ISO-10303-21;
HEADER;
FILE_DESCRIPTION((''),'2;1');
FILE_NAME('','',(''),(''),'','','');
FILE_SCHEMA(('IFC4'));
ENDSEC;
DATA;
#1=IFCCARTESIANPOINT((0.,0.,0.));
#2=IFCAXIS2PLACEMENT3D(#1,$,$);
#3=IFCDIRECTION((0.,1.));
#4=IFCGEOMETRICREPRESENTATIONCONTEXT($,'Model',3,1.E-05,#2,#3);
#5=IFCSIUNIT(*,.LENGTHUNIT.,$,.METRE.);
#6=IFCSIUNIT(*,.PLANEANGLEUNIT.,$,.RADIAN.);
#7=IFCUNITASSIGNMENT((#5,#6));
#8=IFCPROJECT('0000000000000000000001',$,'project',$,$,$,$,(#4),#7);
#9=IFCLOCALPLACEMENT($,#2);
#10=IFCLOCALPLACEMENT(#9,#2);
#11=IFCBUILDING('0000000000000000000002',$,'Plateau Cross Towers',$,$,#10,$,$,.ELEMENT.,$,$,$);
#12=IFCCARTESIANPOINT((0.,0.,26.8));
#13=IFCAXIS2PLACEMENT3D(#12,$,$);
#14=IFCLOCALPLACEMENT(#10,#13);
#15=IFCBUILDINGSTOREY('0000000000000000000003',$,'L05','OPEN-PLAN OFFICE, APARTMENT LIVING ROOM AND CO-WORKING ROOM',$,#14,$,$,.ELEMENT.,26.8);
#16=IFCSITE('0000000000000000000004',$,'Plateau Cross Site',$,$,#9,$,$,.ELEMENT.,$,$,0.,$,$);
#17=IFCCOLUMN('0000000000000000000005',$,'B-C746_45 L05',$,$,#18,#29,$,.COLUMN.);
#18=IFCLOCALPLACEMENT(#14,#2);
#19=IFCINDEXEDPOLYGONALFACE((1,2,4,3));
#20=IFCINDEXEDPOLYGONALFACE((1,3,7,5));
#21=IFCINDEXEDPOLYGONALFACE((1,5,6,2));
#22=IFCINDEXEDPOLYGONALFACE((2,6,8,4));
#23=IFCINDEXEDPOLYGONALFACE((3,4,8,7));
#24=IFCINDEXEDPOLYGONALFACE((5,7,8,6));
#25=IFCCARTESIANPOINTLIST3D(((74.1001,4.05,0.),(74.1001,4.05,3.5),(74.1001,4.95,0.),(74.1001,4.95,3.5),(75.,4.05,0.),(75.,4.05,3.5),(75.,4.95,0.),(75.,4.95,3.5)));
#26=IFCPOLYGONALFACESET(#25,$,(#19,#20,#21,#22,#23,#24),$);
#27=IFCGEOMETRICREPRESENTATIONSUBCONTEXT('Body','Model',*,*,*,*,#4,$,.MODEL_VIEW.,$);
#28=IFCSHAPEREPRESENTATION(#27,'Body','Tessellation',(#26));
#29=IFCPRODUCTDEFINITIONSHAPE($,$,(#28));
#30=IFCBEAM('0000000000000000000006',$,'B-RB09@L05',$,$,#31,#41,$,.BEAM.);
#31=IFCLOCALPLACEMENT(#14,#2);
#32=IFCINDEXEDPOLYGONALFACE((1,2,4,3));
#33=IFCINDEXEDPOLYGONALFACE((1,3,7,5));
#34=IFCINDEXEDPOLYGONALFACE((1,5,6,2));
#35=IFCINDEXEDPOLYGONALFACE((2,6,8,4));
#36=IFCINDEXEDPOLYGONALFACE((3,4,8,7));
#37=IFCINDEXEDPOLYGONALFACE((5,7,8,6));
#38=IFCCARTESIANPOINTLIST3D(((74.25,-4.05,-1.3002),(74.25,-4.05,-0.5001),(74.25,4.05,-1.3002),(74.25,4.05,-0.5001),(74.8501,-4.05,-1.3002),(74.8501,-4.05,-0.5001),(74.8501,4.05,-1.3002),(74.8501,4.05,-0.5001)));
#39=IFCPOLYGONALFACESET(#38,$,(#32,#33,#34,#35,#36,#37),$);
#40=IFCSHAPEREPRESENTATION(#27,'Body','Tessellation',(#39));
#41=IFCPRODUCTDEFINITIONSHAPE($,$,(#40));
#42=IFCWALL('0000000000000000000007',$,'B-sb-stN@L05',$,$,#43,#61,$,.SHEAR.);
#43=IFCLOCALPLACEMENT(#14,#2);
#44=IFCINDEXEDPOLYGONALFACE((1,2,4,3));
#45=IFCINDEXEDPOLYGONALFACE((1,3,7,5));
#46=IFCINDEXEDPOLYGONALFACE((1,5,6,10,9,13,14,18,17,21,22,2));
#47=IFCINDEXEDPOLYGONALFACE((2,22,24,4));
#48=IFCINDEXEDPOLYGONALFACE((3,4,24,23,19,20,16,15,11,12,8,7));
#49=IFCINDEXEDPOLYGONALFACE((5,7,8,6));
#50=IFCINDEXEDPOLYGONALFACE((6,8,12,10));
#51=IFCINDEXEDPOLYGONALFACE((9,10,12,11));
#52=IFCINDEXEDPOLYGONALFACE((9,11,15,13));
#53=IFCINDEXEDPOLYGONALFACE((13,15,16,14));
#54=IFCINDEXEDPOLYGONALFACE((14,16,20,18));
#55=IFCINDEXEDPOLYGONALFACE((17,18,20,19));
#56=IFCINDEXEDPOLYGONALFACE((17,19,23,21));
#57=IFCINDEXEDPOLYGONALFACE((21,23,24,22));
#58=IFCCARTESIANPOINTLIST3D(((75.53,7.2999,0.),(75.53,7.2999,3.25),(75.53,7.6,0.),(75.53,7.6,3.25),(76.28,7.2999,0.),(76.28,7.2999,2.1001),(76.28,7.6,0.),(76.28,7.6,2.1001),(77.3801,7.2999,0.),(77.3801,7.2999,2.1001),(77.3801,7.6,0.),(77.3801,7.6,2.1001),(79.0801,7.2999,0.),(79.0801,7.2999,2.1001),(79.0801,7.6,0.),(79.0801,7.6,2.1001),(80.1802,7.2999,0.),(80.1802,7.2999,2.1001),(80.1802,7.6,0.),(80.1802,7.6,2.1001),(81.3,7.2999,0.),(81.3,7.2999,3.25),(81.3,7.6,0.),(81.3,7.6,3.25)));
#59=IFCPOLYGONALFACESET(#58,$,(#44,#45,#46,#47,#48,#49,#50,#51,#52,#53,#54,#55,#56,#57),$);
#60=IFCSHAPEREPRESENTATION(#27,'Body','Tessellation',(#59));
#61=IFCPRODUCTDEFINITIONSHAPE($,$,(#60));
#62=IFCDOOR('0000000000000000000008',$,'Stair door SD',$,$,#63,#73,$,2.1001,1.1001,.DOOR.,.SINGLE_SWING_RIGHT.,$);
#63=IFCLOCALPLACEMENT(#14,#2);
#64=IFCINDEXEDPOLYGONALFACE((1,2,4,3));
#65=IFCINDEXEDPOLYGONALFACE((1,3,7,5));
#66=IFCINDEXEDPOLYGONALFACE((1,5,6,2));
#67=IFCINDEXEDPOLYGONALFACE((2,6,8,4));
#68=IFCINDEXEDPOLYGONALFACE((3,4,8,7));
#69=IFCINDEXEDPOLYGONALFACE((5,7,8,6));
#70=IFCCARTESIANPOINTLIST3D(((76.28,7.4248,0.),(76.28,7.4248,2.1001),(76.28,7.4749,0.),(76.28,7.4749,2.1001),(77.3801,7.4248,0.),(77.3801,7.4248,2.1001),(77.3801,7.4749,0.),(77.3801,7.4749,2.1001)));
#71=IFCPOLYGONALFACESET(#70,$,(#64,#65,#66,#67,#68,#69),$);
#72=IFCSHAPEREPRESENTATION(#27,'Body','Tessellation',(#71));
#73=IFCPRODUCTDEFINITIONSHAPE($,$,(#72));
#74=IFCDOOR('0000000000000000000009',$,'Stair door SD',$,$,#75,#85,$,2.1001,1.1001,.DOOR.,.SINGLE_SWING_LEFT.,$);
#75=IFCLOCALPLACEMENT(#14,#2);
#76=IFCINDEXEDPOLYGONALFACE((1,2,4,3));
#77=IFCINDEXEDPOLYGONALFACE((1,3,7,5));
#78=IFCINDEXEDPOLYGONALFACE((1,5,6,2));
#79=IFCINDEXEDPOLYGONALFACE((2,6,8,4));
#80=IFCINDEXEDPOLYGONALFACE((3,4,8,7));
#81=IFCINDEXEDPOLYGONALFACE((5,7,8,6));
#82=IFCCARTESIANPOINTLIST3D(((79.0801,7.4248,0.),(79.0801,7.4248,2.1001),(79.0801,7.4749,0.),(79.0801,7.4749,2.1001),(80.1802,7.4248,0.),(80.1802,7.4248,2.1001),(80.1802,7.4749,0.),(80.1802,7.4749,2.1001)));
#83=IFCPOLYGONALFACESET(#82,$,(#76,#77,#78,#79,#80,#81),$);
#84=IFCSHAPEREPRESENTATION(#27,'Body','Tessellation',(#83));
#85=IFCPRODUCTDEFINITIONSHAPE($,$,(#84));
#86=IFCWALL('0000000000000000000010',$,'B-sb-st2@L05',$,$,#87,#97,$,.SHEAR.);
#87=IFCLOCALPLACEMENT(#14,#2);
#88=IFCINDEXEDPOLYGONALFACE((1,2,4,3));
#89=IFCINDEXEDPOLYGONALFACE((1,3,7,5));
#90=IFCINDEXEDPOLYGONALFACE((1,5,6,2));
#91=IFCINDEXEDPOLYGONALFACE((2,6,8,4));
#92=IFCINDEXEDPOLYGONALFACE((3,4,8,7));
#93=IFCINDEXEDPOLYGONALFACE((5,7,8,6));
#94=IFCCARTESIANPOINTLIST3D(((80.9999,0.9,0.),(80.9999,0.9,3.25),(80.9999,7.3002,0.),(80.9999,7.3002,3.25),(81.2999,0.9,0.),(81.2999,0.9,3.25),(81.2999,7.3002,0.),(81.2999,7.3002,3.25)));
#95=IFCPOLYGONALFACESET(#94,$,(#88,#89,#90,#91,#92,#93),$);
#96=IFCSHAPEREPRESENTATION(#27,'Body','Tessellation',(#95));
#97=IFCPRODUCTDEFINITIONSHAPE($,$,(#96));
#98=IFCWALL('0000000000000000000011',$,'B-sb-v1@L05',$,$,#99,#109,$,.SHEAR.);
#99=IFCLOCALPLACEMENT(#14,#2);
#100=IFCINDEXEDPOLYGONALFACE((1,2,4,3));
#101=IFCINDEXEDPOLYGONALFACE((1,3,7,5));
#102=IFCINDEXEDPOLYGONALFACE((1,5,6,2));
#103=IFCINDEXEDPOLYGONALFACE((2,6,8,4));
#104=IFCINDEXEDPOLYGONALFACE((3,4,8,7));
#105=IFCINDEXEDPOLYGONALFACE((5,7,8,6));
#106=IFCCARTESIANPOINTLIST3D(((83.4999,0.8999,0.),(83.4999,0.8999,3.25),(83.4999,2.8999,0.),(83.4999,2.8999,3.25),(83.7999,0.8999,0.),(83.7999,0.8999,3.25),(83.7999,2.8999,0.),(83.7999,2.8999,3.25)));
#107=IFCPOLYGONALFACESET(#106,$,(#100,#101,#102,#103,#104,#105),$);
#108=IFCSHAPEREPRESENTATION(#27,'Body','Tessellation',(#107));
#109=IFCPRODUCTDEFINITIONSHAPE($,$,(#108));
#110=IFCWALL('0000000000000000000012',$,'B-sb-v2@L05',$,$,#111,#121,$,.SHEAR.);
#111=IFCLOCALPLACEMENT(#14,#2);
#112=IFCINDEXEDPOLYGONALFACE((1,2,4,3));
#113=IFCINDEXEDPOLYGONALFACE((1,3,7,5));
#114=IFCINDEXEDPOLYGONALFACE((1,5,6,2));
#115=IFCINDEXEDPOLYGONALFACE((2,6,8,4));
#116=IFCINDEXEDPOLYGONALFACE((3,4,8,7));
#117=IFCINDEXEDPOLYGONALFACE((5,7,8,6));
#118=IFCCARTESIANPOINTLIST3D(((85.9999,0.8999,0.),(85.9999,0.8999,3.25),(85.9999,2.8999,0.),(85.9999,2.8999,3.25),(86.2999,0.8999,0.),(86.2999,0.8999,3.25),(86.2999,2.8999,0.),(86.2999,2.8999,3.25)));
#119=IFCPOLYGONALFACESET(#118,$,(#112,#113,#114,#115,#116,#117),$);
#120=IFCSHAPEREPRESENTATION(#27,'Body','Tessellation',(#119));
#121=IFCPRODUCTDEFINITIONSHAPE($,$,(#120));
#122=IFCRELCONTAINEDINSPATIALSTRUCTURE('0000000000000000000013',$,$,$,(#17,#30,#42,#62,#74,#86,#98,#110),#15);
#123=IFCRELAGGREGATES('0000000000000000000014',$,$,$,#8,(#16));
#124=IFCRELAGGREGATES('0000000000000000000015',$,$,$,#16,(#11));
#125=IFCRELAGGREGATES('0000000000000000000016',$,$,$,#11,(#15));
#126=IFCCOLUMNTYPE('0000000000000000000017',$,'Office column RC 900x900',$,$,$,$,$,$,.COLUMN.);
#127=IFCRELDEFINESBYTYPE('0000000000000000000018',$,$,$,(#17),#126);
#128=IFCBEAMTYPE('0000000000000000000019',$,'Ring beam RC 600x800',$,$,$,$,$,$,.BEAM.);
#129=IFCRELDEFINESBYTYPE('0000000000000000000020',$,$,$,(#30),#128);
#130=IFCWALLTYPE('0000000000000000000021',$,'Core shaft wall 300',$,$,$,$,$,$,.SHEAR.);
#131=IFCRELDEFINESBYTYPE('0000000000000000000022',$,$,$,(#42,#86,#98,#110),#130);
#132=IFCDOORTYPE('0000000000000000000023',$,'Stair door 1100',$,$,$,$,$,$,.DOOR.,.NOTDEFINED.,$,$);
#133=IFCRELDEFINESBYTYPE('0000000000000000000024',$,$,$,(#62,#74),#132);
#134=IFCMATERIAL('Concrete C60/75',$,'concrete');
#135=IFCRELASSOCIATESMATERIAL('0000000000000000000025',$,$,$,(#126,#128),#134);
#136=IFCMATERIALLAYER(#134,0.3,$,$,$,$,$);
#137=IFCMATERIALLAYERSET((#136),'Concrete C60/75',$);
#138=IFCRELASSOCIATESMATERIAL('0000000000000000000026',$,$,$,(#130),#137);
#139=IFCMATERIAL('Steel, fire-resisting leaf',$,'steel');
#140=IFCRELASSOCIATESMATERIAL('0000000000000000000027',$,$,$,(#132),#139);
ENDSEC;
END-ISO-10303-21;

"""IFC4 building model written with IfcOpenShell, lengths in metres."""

from ifc_helpers import new_model, si_unit, direction, frame, frame_2d, origin, origin_2d, place, context, subcontext, project, spatial, rectangle, extrude, material, layer, layer_set, material_profile, profile_set, type_object, element, fill, save


model = new_model("IFC4")

# Units and contexts
model_context = context("Model", 3, precision=1e-05, world=origin(), true_north=direction((0.0, 1.0)))
body_context = subcontext(model_context, "Body", "Model", "MODEL_VIEW")
ifc_project = project(units=[si_unit("LENGTHUNIT", "METRE"), si_unit("PLANEANGLEUNIT", "RADIAN")], contexts=[model_context])

# Site, building, storey
site_placement = place(None, origin())
site = spatial("IfcSite", under=ifc_project, at=site_placement, Name="Plateau Cross Site", CompositionType="ELEMENT", RefElevation=0.0)
building_placement = place(site_placement, origin())
building = spatial("IfcBuilding", under=site, at=building_placement, Name="Plateau Cross Towers", CompositionType="ELEMENT")
storey_placement = place(building_placement, frame((0.0, 0.0, 26.8)))
storey = spatial("IfcBuildingStorey", under=building, at=storey_placement, Name="L05", Description="OPEN-PLAN OFFICE, APARTMENT LIVING ROOM AND CO-WORKING ROOM", CompositionType="ELEMENT", Elevation=26.8)

# Column
ifc_material_1 = material(Name="Concrete C60/75", Category="concrete")
ifc_material_profile_1 = material_profile(ifc_material_1, rectangle(XDim=0.8999, YDim=0.8999, at=origin_2d()), Name="RC 900x900")
ifc_profile_set_1 = profile_set([ifc_material_profile_1], Name="Concrete C60/75")
column_type = type_object("IfcColumnType", Name="Office column RC 900x900", PredefinedType="COLUMN", material=ifc_profile_set_1)
column_placement = place(storey_placement, frame((74.55, 4.5, 0.0), z_axis=(0.0, 0.0, 1.0), x_axis=(1.0, 0.0, 0.0)))
element("IfcColumn", 1, at=column_placement, inside=storey, type_object=column_type, Name="B-C746_45 L05", PredefinedType="COLUMN", context=body_context, shape_type="SweptSolid", body=[
    extrude(rectangle(XDim=0.8999, YDim=0.8999, at=origin_2d()), origin(), (0.0, 0.0, 1.0), 3.5),
])

# Beam
ifc_material_profile_2 = material_profile(ifc_material_1, rectangle(XDim=0.6001, YDim=0.8, at=origin_2d()), Name="RC 600x800")
ifc_profile_set_2 = profile_set([ifc_material_profile_2], Name="Concrete C60/75")
beam_type = type_object("IfcBeamType", Name="Ring beam RC 600x800", PredefinedType="BEAM", material=ifc_profile_set_2)
beam_placement = place(storey_placement, frame((74.55, 4.05, -0.9001), z_axis=(0.0, -1.0, 0.0), x_axis=(1.0, 0.0, 0.0)))
element("IfcBeam", 2, at=beam_placement, inside=storey, type_object=beam_type, Name="B-RB09@L05", PredefinedType="BEAM", context=body_context, shape_type="SweptSolid", body=[
    extrude(rectangle(XDim=0.6001, YDim=0.8, at=origin_2d()), origin(), (0.0, 0.0, 1.0), 8.1001),
])

# Wall, openings, doors
ifc_layer_1 = layer(ifc_material_1, 0.3)
ifc_layer_set_1 = layer_set([ifc_layer_1], Name="Concrete C60/75")
wall_type_1 = type_object("IfcWallType", Name="Core shaft wall 300", PredefinedType="SHEAR", material=ifc_layer_set_1)
wall_1_placement = place(storey_placement, frame((75.53, 7.45, 0.0), z_axis=(0.0, 0.0, 1.0), x_axis=(1.0, 0.0, 0.0)))
wall_1 = element("IfcWall", 3, at=wall_1_placement, inside=storey, type_object=wall_type_1, Name="B-sb-stN@L05", PredefinedType="SHEAR", context=body_context, shape_type="SweptSolid", body=[
    extrude(rectangle(XDim=5.77, YDim=0.3, at=frame_2d((2.885, 0.0))), origin(), (0.0, 0.0, 1.0), 3.25),
])
opening_1_placement = place(wall_1_placement, frame((0.75, 0.0, 0.0)))
opening_1 = element("IfcOpeningElement", 4, at=opening_1_placement, cuts=wall_1, PredefinedType="OPENING", context=body_context, shape_type="SweptSolid", body=[
    extrude(rectangle(XDim=1.1001, YDim=2.1001, at=frame_2d((0.55, 1.05))), frame((0.0, 0.1599, 0.0), z_axis=(0.0, -1.0, 0.0), x_axis=(1.0, 0.0, 0.0)), (0.0, 0.0, 1.0), 0.3201),
])
opening_2_placement = place(wall_1_placement, frame((3.55, 0.0, 0.0)))
opening_2 = element("IfcOpeningElement", 5, at=opening_2_placement, cuts=wall_1, PredefinedType="OPENING", context=body_context, shape_type="SweptSolid", body=[
    extrude(rectangle(XDim=1.1001, YDim=2.1001, at=frame_2d((0.55, 1.05))), frame((0.0, 0.1599, 0.0), z_axis=(0.0, -1.0, 0.0), x_axis=(1.0, 0.0, 0.0)), (0.0, 0.0, 1.0), 0.3201),
])
ifc_material_2 = material(Name="Steel, fire-resisting leaf", Category="steel")
door_type_1 = type_object("IfcDoorType", Name="Stair door 1100", OperationType="NOTDEFINED", PredefinedType="DOOR", material=ifc_material_2)
door_1_placement = place(opening_1_placement, origin())
door_1 = element("IfcDoor", 6, at=door_1_placement, inside=storey, type_object=door_type_1, Name="Stair door SD", OperationType="SINGLE_SWING_RIGHT", OverallHeight=2.1001, OverallWidth=1.1001, PredefinedType="DOOR", context=body_context, shape_type="SweptSolid", body=[
    extrude(rectangle(XDim=1.1001, YDim=2.1001, at=frame_2d((0.55, 1.05))), frame((0.0, 0.0249, 0.0), z_axis=(0.0, -1.0, 0.0), x_axis=(1.0, 0.0, 0.0)), (0.0, 0.0, 1.0), 0.05),
])
fill(opening_1, door_1)
door_2_placement = place(opening_2_placement, origin())
door_2 = element("IfcDoor", 7, at=door_2_placement, inside=storey, type_object=door_type_1, Name="Stair door SD", OperationType="SINGLE_SWING_LEFT", OverallHeight=2.1001, OverallWidth=1.1001, PredefinedType="DOOR", context=body_context, shape_type="SweptSolid", body=[
    extrude(rectangle(XDim=1.1001, YDim=2.1001, at=frame_2d((0.55, 1.05))), frame((0.0, 0.0249, 0.0), z_axis=(0.0, -1.0, 0.0), x_axis=(1.0, 0.0, 0.0)), (0.0, 0.0, 1.0), 0.05),
])
fill(opening_2, door_2)

# Walls
wall_2_placement = place(storey_placement, frame((81.1499, 0.8999, 0.0), z_axis=(0.0, 0.0, 1.0), x_axis=(0.0, 1.0, 0.0)))
element("IfcWall", 8, at=wall_2_placement, inside=storey, type_object=wall_type_1, Name="B-sb-st2@L05", PredefinedType="SHEAR", context=body_context, shape_type="SweptSolid", body=[
    extrude(rectangle(XDim=6.4001, YDim=0.3, at=frame_2d((3.2002, 0.0))), origin(), (0.0, 0.0, 1.0), 3.25),
])
for number, where, z_axis, x_axis, name in (
    (9, (83.6499, 0.8999, 0.0), (0.0, 0.0, 1.0), (0.0, 1.0, 0.0), "B-sb-v1@L05"),
    (10, (86.1499, 0.8999, 0.0), (0.0, 0.0, 1.0), (0.0, 1.0, 0.0), "B-sb-v2@L05"),
):
    element("IfcWall", number, at=place(storey_placement, frame(where, z_axis=z_axis, x_axis=x_axis)), inside=storey, type_object=wall_type_1, Name=name, PredefinedType="SHEAR", context=body_context, shape_type="SweptSolid", body=[
        extrude(rectangle(XDim=2.0, YDim=0.3, at=frame_2d((1.0, 0.0))), origin(), (0.0, 0.0, 1.0), 3.25),
    ])

save(model, "model.ifc")
